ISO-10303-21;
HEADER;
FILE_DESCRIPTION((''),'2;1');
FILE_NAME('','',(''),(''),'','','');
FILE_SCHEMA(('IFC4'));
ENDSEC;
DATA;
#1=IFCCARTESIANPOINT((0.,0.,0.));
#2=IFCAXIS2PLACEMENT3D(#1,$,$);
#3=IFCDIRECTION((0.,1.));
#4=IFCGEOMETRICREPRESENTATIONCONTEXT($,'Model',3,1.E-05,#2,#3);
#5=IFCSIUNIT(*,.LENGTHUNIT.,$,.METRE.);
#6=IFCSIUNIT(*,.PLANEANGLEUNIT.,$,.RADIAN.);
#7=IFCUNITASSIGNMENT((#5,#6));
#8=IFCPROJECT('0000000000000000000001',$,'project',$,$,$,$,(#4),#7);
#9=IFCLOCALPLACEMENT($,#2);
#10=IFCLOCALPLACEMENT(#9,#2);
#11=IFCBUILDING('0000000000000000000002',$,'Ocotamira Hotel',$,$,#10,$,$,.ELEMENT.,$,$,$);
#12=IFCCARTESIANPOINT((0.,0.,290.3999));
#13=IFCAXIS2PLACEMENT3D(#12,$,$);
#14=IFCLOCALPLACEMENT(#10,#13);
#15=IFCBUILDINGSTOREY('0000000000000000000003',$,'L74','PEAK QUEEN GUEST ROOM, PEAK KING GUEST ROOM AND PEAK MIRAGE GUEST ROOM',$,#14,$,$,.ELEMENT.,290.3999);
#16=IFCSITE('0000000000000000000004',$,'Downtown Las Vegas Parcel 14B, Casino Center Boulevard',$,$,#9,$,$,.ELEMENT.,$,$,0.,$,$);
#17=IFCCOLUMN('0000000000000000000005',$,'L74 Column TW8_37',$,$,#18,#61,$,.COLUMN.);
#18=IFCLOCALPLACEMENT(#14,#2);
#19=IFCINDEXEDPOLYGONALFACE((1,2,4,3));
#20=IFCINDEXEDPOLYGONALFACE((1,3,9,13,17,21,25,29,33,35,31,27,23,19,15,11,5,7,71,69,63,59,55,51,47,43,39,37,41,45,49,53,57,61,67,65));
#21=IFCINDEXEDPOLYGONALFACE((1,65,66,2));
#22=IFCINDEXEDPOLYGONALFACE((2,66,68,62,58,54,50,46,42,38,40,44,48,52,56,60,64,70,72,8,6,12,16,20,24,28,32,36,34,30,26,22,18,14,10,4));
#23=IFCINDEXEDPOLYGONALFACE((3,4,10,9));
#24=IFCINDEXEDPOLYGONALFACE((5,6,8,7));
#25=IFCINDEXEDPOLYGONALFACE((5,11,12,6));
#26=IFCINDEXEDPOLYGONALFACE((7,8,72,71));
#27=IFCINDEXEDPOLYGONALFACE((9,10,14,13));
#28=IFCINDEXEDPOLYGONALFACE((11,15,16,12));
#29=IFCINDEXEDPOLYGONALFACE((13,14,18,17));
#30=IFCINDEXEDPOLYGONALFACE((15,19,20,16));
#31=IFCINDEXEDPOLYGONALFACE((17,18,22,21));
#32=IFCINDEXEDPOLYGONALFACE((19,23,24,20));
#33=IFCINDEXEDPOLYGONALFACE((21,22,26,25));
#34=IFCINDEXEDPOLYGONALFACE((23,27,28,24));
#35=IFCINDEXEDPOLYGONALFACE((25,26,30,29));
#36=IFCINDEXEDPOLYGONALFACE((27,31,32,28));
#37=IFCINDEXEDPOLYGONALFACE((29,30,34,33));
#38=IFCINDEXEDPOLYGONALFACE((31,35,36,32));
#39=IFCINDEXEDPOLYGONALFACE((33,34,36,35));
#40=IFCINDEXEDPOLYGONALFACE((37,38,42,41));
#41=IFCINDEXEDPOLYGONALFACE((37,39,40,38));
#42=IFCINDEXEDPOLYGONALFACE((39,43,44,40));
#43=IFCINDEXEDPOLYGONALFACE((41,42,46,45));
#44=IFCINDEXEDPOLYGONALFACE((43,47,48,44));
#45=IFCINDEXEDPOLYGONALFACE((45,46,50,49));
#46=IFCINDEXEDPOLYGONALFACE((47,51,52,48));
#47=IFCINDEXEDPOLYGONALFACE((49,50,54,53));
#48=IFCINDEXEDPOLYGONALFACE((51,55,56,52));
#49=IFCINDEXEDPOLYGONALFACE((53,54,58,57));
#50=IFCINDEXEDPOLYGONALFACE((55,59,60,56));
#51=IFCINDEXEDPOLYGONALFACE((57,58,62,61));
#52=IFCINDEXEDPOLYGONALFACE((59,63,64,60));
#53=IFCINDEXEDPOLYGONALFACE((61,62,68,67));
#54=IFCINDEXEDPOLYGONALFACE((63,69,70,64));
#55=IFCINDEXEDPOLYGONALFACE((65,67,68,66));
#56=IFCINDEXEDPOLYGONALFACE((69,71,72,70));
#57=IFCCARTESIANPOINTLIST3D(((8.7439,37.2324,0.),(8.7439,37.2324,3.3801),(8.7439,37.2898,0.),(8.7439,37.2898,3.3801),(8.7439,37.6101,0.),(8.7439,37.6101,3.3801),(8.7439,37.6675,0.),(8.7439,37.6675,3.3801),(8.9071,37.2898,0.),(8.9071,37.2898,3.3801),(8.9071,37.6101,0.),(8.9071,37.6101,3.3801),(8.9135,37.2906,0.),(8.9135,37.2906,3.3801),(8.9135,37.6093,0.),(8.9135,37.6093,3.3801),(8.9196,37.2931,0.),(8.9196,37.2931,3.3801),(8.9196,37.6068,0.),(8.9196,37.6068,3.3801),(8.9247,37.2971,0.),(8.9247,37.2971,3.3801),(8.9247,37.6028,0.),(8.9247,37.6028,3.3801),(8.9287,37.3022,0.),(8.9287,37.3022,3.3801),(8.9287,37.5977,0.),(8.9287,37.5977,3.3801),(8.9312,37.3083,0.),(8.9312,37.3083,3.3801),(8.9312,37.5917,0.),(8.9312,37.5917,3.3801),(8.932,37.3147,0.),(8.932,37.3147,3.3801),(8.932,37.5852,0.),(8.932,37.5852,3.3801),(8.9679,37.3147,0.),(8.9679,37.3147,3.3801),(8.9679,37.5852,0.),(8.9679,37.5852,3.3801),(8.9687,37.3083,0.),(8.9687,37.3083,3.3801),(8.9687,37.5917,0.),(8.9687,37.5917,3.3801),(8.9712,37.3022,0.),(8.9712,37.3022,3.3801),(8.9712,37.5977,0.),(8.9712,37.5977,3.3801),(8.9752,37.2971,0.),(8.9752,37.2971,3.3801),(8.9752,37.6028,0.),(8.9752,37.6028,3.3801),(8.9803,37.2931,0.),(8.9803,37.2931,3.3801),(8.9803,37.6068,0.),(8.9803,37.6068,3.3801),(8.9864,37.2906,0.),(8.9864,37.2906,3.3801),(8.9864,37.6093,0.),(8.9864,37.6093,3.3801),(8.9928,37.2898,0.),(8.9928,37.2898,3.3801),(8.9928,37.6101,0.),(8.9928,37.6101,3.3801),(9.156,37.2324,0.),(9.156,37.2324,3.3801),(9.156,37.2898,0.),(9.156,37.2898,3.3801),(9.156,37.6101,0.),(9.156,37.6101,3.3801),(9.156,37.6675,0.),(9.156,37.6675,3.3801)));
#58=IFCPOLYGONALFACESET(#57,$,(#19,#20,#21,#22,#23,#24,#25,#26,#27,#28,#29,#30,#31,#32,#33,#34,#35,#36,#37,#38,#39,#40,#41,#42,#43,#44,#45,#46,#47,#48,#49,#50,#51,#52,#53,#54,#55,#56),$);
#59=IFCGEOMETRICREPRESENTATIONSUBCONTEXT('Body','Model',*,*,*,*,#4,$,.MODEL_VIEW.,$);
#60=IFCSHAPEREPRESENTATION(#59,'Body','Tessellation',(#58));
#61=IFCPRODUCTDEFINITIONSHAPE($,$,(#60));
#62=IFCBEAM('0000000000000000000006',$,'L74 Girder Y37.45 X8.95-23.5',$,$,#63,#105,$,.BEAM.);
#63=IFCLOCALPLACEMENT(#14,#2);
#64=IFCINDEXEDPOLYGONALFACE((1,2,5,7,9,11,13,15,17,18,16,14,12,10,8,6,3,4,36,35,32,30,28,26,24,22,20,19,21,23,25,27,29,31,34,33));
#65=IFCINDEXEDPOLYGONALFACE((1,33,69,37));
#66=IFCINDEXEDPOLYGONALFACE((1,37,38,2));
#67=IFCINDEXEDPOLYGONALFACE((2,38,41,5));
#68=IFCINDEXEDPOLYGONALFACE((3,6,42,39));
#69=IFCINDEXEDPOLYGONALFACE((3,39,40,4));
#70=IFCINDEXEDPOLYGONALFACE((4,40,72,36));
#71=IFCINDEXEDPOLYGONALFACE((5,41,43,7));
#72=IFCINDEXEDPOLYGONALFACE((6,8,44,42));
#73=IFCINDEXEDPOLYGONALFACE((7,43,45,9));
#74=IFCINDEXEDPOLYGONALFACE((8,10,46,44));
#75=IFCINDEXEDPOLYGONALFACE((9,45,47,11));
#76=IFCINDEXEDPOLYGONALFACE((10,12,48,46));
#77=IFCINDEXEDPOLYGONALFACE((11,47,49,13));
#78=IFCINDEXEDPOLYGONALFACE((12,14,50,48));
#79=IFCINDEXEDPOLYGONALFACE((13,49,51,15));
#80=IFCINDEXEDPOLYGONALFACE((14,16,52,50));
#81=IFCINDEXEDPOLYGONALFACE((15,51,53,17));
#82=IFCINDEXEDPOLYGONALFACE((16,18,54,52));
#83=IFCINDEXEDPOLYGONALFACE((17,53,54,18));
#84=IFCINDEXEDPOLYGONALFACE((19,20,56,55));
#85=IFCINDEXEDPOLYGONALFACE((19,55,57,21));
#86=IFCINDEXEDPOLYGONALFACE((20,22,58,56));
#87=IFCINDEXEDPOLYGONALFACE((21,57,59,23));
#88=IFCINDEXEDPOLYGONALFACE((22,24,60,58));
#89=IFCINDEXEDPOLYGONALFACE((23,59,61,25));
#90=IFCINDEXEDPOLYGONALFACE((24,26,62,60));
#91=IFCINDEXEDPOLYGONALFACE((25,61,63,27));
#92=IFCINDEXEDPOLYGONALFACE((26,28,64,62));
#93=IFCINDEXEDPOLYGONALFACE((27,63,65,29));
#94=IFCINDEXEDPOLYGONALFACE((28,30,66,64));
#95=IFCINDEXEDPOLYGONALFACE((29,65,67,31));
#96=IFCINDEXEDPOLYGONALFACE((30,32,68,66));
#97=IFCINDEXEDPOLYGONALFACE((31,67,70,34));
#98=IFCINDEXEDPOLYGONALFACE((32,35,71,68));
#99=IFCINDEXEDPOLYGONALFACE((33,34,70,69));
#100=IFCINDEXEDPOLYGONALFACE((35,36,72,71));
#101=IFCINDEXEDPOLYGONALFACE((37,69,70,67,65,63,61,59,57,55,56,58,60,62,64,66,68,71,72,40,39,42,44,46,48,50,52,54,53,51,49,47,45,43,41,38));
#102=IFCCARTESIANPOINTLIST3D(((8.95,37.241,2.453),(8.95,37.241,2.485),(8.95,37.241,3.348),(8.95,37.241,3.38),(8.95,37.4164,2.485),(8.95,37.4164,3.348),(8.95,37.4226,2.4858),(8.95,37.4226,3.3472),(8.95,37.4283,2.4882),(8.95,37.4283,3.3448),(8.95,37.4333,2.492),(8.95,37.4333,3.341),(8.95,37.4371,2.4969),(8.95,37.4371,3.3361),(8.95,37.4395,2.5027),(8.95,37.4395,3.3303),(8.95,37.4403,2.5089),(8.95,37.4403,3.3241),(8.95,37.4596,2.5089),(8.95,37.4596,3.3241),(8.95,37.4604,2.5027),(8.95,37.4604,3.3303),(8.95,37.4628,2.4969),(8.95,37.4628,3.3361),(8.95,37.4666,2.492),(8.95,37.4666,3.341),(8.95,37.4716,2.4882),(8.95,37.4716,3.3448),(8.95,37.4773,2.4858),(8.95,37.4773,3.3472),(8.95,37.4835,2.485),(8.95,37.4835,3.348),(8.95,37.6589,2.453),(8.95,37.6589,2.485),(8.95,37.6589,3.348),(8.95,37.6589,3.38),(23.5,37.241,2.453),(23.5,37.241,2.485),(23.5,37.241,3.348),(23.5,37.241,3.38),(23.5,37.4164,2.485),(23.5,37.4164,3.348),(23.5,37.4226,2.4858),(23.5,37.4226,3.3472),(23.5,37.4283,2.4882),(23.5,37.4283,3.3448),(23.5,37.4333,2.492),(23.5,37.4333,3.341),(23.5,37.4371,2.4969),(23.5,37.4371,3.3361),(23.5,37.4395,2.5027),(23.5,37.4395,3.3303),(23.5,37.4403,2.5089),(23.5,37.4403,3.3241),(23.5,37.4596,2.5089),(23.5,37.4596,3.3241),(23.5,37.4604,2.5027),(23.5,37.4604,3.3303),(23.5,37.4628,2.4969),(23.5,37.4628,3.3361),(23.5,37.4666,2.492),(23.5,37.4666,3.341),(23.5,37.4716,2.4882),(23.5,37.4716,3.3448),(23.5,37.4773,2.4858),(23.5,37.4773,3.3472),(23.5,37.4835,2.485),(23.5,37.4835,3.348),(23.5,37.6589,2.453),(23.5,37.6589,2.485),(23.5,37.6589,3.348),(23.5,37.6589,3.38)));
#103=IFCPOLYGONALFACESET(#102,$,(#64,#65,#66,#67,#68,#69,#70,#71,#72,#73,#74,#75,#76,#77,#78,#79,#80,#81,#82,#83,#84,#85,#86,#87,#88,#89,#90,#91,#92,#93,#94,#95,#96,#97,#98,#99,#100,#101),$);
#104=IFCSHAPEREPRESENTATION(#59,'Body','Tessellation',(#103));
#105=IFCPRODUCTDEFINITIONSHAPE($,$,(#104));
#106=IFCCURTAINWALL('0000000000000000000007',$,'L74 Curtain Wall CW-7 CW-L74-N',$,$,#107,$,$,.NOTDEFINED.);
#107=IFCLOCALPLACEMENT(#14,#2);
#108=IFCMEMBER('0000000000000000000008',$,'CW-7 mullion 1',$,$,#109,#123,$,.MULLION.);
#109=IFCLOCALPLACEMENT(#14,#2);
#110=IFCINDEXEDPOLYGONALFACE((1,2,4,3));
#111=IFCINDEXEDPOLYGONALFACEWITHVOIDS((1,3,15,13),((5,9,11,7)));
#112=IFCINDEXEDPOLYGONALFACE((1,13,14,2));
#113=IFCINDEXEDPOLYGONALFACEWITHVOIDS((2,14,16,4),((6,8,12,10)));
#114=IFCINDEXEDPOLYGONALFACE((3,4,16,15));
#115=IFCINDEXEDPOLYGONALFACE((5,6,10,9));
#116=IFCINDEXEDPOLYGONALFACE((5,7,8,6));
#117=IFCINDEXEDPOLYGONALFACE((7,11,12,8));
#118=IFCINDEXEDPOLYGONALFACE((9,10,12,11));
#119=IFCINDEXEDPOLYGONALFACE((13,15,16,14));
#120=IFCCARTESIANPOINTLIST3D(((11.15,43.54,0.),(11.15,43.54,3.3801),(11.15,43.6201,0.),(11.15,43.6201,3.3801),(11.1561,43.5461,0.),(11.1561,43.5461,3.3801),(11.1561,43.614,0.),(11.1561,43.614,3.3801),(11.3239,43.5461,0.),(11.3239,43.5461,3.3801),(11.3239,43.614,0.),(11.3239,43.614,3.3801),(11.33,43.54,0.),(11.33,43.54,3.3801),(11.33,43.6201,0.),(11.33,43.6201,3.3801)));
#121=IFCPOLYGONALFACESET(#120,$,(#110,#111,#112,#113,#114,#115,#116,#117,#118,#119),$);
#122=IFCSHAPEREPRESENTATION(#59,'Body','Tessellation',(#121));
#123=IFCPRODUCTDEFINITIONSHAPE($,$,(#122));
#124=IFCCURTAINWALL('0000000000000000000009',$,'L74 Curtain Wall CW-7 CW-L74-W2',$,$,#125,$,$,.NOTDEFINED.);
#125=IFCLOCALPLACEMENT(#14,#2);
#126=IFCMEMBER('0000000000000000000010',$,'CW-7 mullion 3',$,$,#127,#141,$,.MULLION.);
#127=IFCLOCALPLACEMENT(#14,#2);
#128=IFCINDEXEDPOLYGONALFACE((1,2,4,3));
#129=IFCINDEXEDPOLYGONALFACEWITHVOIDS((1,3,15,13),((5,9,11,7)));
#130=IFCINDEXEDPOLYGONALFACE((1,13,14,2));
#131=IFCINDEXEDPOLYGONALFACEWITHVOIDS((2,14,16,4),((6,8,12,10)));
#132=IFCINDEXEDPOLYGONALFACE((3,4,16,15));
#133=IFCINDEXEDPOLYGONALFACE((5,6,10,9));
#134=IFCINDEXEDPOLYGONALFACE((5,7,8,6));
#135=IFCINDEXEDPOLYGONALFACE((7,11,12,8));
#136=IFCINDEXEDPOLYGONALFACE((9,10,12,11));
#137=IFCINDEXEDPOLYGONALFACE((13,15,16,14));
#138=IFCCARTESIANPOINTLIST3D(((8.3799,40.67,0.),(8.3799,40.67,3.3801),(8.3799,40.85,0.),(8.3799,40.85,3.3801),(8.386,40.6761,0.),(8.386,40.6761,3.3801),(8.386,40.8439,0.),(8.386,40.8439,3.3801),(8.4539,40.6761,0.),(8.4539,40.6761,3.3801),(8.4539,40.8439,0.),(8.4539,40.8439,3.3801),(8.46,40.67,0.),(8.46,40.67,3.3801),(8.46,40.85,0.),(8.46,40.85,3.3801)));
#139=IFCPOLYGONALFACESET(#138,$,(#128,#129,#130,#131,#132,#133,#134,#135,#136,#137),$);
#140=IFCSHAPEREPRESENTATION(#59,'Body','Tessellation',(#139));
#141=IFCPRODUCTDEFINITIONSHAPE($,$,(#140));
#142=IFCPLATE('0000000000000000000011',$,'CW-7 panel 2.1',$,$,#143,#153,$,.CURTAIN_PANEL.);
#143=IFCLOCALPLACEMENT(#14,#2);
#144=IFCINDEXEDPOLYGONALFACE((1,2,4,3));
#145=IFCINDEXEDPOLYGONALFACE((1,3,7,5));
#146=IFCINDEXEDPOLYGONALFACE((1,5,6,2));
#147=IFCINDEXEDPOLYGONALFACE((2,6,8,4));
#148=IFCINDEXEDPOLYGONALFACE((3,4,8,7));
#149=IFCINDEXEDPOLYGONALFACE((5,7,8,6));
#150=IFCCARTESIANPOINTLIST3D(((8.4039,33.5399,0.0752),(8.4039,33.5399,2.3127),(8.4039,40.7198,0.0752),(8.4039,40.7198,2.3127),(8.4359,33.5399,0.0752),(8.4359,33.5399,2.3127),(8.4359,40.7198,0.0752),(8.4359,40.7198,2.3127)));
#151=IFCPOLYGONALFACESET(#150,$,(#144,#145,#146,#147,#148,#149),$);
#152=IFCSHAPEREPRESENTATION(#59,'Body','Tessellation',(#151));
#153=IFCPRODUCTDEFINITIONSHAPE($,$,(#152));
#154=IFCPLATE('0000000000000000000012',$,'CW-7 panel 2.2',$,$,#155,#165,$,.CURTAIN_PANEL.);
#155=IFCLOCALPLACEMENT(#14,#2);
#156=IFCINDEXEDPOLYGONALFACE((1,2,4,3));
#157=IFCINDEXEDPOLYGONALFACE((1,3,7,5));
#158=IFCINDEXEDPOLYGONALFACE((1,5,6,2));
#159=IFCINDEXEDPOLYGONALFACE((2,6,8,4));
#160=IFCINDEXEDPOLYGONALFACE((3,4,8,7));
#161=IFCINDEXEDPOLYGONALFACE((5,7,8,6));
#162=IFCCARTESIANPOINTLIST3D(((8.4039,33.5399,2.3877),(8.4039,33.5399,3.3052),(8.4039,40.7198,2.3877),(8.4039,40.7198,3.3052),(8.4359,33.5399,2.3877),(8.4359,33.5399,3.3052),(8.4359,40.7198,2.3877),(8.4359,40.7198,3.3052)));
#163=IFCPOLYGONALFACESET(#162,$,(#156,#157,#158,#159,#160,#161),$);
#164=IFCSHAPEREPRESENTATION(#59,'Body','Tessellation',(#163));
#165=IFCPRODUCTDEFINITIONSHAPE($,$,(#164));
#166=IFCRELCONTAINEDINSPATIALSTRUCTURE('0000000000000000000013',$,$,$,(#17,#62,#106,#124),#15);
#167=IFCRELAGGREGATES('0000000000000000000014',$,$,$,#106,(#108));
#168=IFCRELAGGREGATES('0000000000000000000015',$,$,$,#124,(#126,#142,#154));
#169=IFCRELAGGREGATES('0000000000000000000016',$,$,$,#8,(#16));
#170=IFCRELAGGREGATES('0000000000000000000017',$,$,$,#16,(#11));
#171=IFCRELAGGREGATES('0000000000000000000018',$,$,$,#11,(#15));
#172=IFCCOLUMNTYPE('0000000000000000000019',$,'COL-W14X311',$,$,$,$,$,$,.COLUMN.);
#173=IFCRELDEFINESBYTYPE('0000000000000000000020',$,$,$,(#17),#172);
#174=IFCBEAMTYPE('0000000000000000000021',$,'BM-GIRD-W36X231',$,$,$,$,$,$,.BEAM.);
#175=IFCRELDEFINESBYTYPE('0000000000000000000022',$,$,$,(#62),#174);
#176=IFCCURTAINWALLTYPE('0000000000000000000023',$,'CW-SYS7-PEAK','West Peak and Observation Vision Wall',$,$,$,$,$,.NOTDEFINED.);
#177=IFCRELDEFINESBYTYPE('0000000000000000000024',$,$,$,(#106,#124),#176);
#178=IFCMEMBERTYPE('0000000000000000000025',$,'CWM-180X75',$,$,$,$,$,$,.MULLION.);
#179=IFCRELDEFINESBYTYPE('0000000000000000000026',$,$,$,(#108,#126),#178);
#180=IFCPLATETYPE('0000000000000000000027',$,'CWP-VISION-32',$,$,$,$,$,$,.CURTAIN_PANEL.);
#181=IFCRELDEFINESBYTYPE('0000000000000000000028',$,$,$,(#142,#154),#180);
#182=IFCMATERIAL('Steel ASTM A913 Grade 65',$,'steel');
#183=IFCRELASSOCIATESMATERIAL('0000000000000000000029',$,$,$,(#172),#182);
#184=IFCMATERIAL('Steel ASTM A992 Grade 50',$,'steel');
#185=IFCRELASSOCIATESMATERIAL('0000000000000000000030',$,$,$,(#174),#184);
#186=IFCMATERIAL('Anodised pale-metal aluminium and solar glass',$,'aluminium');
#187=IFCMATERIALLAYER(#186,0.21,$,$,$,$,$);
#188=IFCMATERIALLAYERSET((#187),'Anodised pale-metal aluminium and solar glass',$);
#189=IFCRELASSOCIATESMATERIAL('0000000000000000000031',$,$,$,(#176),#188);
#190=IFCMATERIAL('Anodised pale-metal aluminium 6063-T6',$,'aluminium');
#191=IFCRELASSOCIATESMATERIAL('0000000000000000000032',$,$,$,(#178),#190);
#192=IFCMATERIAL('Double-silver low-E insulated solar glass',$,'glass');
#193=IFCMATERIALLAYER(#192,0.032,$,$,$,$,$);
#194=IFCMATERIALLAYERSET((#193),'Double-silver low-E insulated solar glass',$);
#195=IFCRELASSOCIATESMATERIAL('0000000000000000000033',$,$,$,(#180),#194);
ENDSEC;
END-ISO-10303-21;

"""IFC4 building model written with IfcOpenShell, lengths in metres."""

from ifc_helpers import new_model, si_unit, direction, frame, origin, origin_2d, place, context, subcontext, project, spatial, rectangle, hollow_rectangle, i_section, extrude, source, transform, mapped, material, layer, layer_set, material_profile, profile_set, type_object, element, aggregate, save


model = new_model("IFC4")

# Units and contexts
model_context = context("Model", 3, precision=1e-05, world=origin(), true_north=direction((0.0, 1.0)))
body_context = subcontext(model_context, "Body", "Model", "MODEL_VIEW")
ifc_project = project(units=[si_unit("LENGTHUNIT", "METRE"), si_unit("PLANEANGLEUNIT", "RADIAN")], contexts=[model_context])

# Site, building, storey
site_placement = place(None, origin())
site = spatial("IfcSite", under=ifc_project, at=site_placement, Name="Downtown Las Vegas Parcel 14B, Casino Center Boulevard", CompositionType="ELEMENT", RefElevation=0.0)
building_placement = place(site_placement, origin())
building = spatial("IfcBuilding", under=site, at=building_placement, Name="Ocotamira Hotel", CompositionType="ELEMENT")
storey_placement = place(building_placement, frame((0.0, 0.0, 290.3999)))
storey = spatial("IfcBuildingStorey", under=building, at=storey_placement, Name="L74", Description="PEAK QUEEN GUEST ROOM, PEAK KING GUEST ROOM AND PEAK MIRAGE GUEST ROOM", CompositionType="ELEMENT", Elevation=290.3999)

# Column
ifc_material_1 = material(Name="Steel ASTM A913 Grade 65", Category="steel")
ifc_material_profile_1 = material_profile(ifc_material_1, i_section(OverallWidth=0.4121, OverallDepth=0.4351, WebThickness=0.0359, FlangeThickness=0.0574, FilletRadius=0.0249, at=origin_2d()), Name="W14X311")
ifc_profile_set_1 = profile_set([ifc_material_profile_1], Name="Steel ASTM A913 Grade 65")
column_type = type_object("IfcColumnType", Name="COL-W14X311", PredefinedType="COLUMN", material=ifc_profile_set_1)
shared_shape_1 = source(origin(), body_context, "Body", "SweptSolid", [
    extrude(i_section(OverallWidth=0.4121, OverallDepth=0.4351, WebThickness=0.0359, FlangeThickness=0.0574, FilletRadius=0.0249, at=origin_2d()), origin(), (0.0, 0.0, 1.0), 3.3801),
])
column_placement = place(storey_placement, frame((8.95, 37.45, 0.0), z_axis=(0.0, 0.0, 1.0), x_axis=(1.0, 0.0, 0.0)))
element("IfcColumn", 1, at=column_placement, inside=storey, type_object=column_type, Name="L74 Column TW8_37", PredefinedType="COLUMN", context=body_context, shape_type="MappedRepresentation", body=[
    mapped(shared_shape_1, transform((0.0, 0.0, 0.0), scale=1.0)),
])

# Beam
ifc_material_2 = material(Name="Steel ASTM A992 Grade 50", Category="steel")
ifc_material_profile_2 = material_profile(ifc_material_2, i_section(OverallWidth=0.418, OverallDepth=0.927, WebThickness=0.0193, FlangeThickness=0.032, FilletRadius=0.0239, at=origin_2d()), Name="W36X231")
ifc_profile_set_2 = profile_set([ifc_material_profile_2], Name="Steel ASTM A992 Grade 50")
beam_type = type_object("IfcBeamType", Name="BM-GIRD-W36X231", PredefinedType="BEAM", material=ifc_profile_set_2)
shared_shape_2 = source(origin(), body_context, "Body", "SweptSolid", [
    extrude(i_section(OverallWidth=0.418, OverallDepth=0.927, WebThickness=0.0193, FlangeThickness=0.032, FilletRadius=0.0239, at=origin_2d()), origin(), (0.0, 0.0, 1.0), 14.55),
])
beam_placement = place(storey_placement, frame((8.95, 37.45, 2.9165), z_axis=(1.0, 0.0, 0.0), x_axis=(0.0, 1.0, 0.0)))
element("IfcBeam", 2, at=beam_placement, inside=storey, type_object=beam_type, Name="L74 Girder Y37.45 X8.95-23.5", PredefinedType="BEAM", context=body_context, shape_type="MappedRepresentation", body=[
    mapped(shared_shape_2, transform((0.0, 0.0, 0.0), scale=1.0)),
])

# Curtain wall, member
ifc_material_3 = material(Name="Anodised pale-metal aluminium and solar glass", Category="aluminium")
ifc_layer_1 = layer(ifc_material_3, 0.21)
ifc_layer_set_1 = layer_set([ifc_layer_1], Name="Anodised pale-metal aluminium and solar glass")
curtain_wall_type = type_object("IfcCurtainWallType", Name="CW-SYS7-PEAK", Description="West Peak and Observation Vision Wall", PredefinedType="NOTDEFINED", material=ifc_layer_set_1)
curtain_wall_1_placement = place(storey_placement, origin())
curtain_wall_1 = element("IfcCurtainWall", 3, at=curtain_wall_1_placement, inside=storey, type_object=curtain_wall_type, Name="L74 Curtain Wall CW-7 CW-L74-N", PredefinedType="NOTDEFINED")
ifc_material_4 = material(Name="Anodised pale-metal aluminium 6063-T6", Category="aluminium")
ifc_material_profile_3 = material_profile(ifc_material_4, hollow_rectangle(XDim=0.0801, YDim=0.1799, WallThickness=0.0061, at=origin_2d()), Name="HSS180X80X6")
ifc_profile_set_3 = profile_set([ifc_material_profile_3], Name="Anodised pale-metal aluminium 6063-T6")
member_type = type_object("IfcMemberType", Name="CWM-180X75", PredefinedType="MULLION", material=ifc_profile_set_3)
shared_shape_3 = source(origin(), body_context, "Body", "SweptSolid", [
    extrude(hollow_rectangle(XDim=0.0801, YDim=0.1799, WallThickness=0.0061, at=origin_2d()), origin(), (0.0, 0.0, 1.0), 3.3801),
])
member_1_placement = place(storey_placement, frame((11.24, 43.5801, 0.0), z_axis=(0.0, 0.0, 1.0), x_axis=(0.0, 1.0, 0.0)))
member_1 = element("IfcMember", 4, at=member_1_placement, type_object=member_type, Name="CW-7 mullion 1", PredefinedType="MULLION", context=body_context, shape_type="MappedRepresentation", body=[
    mapped(shared_shape_3, transform((0.0, 0.0, 0.0), scale=1.0)),
])
aggregate(curtain_wall_1, [member_1])

# Curtain wall, member, plates
curtain_wall_2_placement = place(storey_placement, origin())
curtain_wall_2 = element("IfcCurtainWall", 5, at=curtain_wall_2_placement, inside=storey, type_object=curtain_wall_type, Name="L74 Curtain Wall CW-7 CW-L74-W2", PredefinedType="NOTDEFINED")
member_2_placement = place(storey_placement, frame((8.4199, 40.76, 0.0), z_axis=(0.0, 0.0, 1.0), x_axis=(-1.0, 0.0, 0.0)))
member_2 = element("IfcMember", 6, at=member_2_placement, type_object=member_type, Name="CW-7 mullion 3", PredefinedType="MULLION", context=body_context, shape_type="MappedRepresentation", body=[
    mapped(shared_shape_3, transform((0.0, 0.0, 0.0), scale=1.0)),
])
ifc_material_5 = material(Name="Double-silver low-E insulated solar glass", Category="glass")
ifc_layer_2 = layer(ifc_material_5, 0.032)
ifc_layer_set_2 = layer_set([ifc_layer_2], Name="Double-silver low-E insulated solar glass")
plate_type = type_object("IfcPlateType", Name="CWP-VISION-32", PredefinedType="CURTAIN_PANEL", material=ifc_layer_set_2)
shared_shape_4 = source(origin(), body_context, "Body", "SweptSolid", [
    extrude(rectangle(XDim=7.1799, YDim=0.032, at=origin_2d()), origin(), (0.0, 0.0, 1.0), 2.2375),
])
plate_1_placement = place(storey_placement, frame((8.4199, 37.1299, 0.0752), z_axis=(0.0, 0.0, 1.0), x_axis=(0.0, 1.0, 0.0)))
plate_1 = element("IfcPlate", 7, at=plate_1_placement, type_object=plate_type, Name="CW-7 panel 2.1", PredefinedType="CURTAIN_PANEL", context=body_context, shape_type="MappedRepresentation", body=[
    mapped(shared_shape_4, transform((0.0, 0.0, 0.0), scale=1.0)),
])
shared_shape_5 = source(origin(), body_context, "Body", "SweptSolid", [
    extrude(rectangle(XDim=7.1799, YDim=0.032, at=origin_2d()), origin(), (0.0, 0.0, 1.0), 0.9175),
])
plate_2_placement = place(storey_placement, frame((8.4199, 37.1299, 2.3877), z_axis=(0.0, 0.0, 1.0), x_axis=(0.0, 1.0, 0.0)))
plate_2 = element("IfcPlate", 8, at=plate_2_placement, type_object=plate_type, Name="CW-7 panel 2.2", PredefinedType="CURTAIN_PANEL", context=body_context, shape_type="MappedRepresentation", body=[
    mapped(shared_shape_5, transform((0.0, 0.0, 0.0), scale=1.0)),
])
aggregate(curtain_wall_2, [member_2, plate_1, plate_2])

save(model, "model.ifc")
